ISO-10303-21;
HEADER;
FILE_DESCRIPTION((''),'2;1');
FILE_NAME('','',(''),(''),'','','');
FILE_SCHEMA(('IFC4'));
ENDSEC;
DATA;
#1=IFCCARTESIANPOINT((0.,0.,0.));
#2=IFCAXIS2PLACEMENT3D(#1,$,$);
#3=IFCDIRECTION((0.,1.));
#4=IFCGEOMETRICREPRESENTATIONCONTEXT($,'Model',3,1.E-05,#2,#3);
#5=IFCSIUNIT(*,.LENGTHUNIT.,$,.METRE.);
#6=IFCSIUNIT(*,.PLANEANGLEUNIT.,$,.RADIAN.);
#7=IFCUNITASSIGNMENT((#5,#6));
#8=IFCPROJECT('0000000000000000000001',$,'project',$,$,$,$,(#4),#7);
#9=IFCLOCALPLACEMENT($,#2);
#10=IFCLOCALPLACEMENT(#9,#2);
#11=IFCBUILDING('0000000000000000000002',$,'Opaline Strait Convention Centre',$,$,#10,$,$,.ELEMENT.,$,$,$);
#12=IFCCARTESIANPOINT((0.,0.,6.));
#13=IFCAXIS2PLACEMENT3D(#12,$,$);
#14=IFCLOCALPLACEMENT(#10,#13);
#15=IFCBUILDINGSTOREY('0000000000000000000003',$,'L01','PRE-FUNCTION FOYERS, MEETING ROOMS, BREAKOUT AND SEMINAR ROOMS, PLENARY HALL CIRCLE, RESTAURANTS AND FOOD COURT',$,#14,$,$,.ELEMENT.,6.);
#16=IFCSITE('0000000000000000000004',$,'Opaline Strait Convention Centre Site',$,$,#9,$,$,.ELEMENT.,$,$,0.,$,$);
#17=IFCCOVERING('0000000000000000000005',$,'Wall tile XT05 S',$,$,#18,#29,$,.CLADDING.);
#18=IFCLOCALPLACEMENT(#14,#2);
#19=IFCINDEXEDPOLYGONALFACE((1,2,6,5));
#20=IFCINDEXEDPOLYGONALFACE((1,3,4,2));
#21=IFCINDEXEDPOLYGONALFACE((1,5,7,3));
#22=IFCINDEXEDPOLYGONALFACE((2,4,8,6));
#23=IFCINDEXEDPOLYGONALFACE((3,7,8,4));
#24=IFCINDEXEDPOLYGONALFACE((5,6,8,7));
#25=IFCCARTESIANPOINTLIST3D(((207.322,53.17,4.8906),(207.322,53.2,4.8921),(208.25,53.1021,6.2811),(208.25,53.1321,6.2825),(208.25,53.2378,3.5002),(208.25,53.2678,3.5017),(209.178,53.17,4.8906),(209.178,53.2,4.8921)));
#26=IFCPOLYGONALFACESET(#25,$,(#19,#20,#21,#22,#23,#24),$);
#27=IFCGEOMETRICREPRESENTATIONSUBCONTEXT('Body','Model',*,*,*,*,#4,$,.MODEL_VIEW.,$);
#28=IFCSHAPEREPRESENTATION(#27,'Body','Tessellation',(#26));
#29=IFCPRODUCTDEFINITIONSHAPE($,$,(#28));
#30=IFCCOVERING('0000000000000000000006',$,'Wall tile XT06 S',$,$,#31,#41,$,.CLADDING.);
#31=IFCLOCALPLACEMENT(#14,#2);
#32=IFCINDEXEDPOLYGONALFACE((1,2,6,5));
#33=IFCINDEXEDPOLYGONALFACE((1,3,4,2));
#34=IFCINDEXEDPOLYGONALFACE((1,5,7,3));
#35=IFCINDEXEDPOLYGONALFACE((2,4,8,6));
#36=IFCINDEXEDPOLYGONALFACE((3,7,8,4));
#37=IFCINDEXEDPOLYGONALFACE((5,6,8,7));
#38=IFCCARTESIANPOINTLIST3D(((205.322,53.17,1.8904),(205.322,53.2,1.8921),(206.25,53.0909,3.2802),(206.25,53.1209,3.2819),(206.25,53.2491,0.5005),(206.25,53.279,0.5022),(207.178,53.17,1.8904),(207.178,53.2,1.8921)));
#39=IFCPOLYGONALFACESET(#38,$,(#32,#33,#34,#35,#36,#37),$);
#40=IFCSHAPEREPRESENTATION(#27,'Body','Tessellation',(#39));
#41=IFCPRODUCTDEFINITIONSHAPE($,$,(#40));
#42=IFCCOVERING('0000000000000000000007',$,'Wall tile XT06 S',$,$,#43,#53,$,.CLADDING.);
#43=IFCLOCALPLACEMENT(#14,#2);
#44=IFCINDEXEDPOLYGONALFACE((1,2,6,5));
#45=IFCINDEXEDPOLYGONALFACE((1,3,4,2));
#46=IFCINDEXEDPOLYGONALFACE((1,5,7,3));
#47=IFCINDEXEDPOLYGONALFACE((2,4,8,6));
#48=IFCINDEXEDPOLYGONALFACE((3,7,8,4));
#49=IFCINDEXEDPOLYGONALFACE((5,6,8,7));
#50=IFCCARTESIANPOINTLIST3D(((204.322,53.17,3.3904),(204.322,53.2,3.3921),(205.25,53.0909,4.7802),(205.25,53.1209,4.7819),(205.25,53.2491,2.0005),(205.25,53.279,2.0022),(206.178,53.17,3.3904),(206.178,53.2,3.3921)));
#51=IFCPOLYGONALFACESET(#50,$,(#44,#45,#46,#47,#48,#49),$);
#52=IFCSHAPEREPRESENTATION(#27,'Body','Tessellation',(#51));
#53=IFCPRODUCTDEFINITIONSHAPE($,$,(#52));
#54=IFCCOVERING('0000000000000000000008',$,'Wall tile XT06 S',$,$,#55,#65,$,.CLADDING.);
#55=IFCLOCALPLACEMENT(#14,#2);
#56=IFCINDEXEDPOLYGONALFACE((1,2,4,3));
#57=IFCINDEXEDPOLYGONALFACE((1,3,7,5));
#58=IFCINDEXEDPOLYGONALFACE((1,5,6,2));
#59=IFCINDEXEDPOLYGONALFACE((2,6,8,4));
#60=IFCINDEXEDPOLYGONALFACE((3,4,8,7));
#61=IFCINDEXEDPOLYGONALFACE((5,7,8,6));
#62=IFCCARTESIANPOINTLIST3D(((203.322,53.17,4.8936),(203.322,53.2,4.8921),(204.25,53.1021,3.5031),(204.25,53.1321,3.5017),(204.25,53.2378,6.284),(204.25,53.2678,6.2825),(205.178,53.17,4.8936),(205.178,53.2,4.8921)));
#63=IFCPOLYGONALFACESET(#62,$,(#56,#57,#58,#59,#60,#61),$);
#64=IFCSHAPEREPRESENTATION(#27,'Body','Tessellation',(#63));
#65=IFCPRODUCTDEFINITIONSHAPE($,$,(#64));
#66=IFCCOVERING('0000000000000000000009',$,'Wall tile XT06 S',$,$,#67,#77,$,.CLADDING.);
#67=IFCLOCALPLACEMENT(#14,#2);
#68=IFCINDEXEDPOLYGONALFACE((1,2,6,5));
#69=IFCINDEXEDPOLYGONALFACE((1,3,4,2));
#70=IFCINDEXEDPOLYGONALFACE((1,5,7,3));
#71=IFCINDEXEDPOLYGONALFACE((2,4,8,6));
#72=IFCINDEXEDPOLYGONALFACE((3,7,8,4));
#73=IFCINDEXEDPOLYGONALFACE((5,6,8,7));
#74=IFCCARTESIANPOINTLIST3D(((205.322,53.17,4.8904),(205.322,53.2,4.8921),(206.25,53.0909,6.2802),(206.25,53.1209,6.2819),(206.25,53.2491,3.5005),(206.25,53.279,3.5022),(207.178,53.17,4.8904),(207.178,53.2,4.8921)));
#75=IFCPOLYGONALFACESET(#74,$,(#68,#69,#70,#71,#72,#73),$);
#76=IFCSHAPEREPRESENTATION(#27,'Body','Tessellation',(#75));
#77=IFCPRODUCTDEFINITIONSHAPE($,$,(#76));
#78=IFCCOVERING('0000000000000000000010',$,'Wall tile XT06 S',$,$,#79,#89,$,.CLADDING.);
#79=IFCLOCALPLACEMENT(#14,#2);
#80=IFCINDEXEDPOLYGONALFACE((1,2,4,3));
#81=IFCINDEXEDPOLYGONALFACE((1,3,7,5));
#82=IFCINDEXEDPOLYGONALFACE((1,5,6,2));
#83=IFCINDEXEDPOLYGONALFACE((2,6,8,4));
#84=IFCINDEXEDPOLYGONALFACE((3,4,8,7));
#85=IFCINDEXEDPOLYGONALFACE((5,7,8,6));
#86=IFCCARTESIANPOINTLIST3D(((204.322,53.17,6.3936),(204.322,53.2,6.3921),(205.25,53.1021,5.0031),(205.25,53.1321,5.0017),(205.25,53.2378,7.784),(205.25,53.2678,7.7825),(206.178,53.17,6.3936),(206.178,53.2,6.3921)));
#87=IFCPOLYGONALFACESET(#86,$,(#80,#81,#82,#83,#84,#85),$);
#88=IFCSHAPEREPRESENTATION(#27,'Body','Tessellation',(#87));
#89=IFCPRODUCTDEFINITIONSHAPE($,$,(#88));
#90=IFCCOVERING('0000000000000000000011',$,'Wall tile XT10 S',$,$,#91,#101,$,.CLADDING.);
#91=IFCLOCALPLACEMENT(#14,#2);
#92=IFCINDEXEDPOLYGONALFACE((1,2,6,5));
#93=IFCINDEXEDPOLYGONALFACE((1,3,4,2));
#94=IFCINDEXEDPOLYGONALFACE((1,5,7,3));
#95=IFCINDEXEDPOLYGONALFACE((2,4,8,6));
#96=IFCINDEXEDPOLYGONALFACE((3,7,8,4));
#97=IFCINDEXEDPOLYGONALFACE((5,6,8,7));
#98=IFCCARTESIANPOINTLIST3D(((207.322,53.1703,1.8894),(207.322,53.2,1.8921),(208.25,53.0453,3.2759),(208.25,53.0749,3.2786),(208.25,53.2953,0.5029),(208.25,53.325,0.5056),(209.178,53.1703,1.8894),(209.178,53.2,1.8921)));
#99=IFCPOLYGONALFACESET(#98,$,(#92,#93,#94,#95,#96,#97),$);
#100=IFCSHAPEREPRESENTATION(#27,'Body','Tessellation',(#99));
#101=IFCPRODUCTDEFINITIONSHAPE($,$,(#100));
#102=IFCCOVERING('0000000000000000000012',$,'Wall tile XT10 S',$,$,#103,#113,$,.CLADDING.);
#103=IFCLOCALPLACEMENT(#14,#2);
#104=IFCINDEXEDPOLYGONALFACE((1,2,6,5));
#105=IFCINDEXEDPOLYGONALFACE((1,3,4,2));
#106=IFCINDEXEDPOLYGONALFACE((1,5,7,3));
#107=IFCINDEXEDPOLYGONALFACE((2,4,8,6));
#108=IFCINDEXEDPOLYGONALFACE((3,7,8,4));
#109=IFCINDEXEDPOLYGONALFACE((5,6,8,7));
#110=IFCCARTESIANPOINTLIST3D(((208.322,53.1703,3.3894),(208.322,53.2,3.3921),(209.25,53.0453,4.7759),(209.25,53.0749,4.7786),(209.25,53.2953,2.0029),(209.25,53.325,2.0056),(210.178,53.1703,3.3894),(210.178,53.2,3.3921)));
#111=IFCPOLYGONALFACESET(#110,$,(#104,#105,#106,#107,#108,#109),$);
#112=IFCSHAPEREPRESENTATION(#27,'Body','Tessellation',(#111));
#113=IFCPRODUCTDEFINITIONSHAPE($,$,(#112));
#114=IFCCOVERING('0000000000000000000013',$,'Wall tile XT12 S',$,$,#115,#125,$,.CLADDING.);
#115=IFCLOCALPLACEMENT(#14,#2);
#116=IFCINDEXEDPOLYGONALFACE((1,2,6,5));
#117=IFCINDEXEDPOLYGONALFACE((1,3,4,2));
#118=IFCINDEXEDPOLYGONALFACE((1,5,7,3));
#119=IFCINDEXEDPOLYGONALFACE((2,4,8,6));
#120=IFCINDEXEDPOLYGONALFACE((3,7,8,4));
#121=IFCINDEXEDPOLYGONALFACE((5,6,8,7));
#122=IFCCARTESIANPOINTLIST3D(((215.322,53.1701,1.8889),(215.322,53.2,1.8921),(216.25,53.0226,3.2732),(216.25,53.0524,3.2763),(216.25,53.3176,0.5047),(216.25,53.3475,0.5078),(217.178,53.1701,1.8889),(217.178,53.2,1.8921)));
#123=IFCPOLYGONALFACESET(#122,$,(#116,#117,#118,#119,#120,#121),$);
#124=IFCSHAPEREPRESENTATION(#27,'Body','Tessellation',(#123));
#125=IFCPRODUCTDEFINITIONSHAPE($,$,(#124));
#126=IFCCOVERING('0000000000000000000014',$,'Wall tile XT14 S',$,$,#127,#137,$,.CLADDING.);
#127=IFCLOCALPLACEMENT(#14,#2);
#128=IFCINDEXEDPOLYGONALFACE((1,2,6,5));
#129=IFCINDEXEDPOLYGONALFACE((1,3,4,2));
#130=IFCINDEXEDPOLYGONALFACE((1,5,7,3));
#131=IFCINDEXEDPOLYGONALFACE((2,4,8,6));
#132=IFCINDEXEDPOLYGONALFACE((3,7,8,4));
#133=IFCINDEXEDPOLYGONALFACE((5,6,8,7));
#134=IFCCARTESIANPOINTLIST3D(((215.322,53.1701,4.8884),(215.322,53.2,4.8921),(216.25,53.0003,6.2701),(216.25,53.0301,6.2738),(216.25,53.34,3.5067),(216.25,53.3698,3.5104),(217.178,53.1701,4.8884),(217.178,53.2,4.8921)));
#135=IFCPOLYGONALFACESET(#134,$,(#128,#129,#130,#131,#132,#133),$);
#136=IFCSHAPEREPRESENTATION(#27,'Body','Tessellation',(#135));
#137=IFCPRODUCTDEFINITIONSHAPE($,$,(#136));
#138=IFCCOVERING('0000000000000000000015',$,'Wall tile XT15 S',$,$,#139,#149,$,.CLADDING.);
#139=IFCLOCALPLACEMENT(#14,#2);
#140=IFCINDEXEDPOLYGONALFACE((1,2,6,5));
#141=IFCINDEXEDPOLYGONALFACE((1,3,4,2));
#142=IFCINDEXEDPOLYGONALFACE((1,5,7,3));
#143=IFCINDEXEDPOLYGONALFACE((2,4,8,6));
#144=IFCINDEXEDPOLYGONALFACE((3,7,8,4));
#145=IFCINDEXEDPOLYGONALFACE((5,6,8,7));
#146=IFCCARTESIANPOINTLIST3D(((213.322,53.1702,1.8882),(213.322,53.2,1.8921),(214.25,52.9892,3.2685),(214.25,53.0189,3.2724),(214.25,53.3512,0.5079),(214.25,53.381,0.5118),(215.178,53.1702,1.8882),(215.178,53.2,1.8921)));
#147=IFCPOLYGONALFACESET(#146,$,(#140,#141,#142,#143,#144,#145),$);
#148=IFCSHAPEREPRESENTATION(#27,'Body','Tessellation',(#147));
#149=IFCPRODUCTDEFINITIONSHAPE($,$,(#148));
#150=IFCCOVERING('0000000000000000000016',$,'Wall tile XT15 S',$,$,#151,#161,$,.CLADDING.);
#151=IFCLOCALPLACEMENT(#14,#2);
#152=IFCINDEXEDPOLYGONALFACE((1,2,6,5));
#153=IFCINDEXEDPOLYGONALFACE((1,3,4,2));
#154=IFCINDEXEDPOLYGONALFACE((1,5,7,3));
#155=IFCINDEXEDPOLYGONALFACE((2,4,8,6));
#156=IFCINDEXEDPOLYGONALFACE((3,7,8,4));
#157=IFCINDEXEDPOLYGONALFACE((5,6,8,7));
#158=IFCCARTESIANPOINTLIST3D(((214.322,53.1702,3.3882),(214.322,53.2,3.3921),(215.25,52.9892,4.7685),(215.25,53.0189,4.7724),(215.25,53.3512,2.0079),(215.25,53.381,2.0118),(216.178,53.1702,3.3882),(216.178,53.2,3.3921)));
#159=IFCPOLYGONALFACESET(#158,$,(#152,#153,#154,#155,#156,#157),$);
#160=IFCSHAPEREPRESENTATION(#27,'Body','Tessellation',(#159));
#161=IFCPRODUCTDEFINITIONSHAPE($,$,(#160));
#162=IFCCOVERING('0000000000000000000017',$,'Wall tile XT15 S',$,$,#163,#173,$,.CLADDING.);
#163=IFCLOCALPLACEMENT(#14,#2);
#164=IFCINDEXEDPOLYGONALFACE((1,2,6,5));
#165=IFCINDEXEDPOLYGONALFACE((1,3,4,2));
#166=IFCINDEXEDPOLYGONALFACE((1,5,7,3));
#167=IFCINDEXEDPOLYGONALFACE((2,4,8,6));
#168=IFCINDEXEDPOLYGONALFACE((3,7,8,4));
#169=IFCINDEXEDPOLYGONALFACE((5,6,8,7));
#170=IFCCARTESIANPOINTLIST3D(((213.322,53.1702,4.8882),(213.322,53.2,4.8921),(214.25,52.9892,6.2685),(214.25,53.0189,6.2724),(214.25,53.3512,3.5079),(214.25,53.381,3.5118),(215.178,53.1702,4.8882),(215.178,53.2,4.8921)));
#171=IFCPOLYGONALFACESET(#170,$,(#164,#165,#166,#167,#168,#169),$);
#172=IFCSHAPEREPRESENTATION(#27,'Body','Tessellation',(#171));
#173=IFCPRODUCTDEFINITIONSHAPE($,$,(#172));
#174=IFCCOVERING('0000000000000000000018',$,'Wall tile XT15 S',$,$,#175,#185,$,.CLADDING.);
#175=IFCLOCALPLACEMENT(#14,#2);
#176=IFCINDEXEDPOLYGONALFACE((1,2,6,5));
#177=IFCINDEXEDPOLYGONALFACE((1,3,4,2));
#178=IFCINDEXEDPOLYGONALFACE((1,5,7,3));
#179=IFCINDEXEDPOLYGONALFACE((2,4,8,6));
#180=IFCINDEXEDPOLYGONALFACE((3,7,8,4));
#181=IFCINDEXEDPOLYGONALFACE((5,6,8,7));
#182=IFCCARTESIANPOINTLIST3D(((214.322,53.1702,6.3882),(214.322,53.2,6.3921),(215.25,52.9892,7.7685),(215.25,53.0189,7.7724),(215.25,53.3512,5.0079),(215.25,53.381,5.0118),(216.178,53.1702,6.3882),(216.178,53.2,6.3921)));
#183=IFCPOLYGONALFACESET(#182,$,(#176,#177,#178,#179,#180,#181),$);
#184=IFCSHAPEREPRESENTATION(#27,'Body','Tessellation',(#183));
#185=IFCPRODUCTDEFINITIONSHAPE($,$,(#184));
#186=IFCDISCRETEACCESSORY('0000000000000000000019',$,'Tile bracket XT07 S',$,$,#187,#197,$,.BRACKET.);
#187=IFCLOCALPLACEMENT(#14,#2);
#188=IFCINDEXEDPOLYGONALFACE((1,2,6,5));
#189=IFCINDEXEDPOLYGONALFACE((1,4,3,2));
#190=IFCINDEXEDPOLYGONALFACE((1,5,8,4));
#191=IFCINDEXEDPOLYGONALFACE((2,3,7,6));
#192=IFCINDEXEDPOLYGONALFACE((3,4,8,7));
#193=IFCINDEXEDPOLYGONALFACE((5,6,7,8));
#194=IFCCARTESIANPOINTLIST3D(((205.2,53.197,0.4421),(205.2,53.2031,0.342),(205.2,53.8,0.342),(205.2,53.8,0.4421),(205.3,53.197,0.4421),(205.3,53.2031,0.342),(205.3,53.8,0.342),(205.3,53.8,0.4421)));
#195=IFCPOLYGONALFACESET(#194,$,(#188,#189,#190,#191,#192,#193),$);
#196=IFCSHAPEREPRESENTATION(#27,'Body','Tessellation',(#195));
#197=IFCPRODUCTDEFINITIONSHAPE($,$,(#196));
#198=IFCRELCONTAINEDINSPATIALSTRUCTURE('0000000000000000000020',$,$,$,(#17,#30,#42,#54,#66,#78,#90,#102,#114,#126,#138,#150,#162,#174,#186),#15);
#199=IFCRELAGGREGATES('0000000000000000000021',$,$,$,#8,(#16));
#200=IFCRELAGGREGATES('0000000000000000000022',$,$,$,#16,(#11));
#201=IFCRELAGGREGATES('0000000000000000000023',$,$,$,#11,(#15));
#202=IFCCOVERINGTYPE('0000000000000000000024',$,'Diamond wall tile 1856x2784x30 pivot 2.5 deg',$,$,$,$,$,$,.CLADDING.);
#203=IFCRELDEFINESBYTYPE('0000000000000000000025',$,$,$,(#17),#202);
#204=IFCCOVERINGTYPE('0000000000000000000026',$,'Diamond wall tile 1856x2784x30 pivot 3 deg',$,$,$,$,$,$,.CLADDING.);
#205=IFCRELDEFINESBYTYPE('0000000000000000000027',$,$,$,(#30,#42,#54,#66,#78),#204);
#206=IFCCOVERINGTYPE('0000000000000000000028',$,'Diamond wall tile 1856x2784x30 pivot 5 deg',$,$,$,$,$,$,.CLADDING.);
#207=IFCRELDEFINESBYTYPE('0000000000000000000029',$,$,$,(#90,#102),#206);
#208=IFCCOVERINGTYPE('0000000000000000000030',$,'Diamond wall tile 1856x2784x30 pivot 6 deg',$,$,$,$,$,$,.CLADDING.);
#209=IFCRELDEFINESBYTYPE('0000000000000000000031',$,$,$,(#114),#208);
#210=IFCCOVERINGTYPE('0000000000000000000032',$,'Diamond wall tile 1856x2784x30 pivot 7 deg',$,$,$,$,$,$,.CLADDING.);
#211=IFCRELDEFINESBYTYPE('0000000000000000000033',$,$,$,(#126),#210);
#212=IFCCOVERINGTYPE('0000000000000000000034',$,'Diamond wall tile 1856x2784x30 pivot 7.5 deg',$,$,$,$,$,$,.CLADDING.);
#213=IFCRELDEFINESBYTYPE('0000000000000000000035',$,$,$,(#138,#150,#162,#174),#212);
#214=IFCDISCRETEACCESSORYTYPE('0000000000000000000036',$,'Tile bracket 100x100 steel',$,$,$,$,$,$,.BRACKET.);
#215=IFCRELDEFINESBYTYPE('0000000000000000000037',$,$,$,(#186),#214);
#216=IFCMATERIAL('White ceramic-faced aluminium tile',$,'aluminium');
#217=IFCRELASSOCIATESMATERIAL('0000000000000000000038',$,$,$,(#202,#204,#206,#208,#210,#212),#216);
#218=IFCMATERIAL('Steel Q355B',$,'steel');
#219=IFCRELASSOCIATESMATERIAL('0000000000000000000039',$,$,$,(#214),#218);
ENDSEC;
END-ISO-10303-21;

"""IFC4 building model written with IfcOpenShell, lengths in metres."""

from ifc_helpers import new_model, si_unit, direction, frame, origin, place, context, subcontext, project, spatial, polyline, outline, extrude, material, material_profile, profile_set, type_object, element, save


model = new_model("IFC4")

# Units and contexts
model_context = context("Model", 3, precision=1e-05, world=origin(), true_north=direction((0.0, 1.0)))
body_context = subcontext(model_context, "Body", "Model", "MODEL_VIEW")
ifc_project = project(units=[si_unit("LENGTHUNIT", "METRE"), si_unit("PLANEANGLEUNIT", "RADIAN")], contexts=[model_context])

# Site, building, storey
site_placement = place(None, origin())
site = spatial("IfcSite", under=ifc_project, at=site_placement, Name="Opaline Strait Convention Centre Site", CompositionType="ELEMENT", RefElevation=0.0)
building_placement = place(site_placement, origin())
building = spatial("IfcBuilding", under=site, at=building_placement, Name="Opaline Strait Convention Centre", CompositionType="ELEMENT")
storey_placement = place(building_placement, frame((0.0, 0.0, 6.0)))
storey = spatial("IfcBuildingStorey", under=building, at=storey_placement, Name="L01", Description="PRE-FUNCTION FOYERS, MEETING ROOMS, BREAKOUT AND SEMINAR ROOMS, PLENARY HALL CIRCLE, RESTAURANTS AND FOOD COURT", CompositionType="ELEMENT", Elevation=6.0)

# Coverings
ifc_material_1 = material(Name="White ceramic-faced aluminium tile", Category="aluminium")
ifc_material_profile_1 = material_profile(ifc_material_1, outline(polyline([(0.928, 0.0), (0.0, 1.3921), (-0.928, 0.0), (0.0, -1.3921), (0.928, 0.0)])), Name="Diamond tile 1856x2784")
ifc_profile_set_1 = profile_set([ifc_material_profile_1], Name="White ceramic-faced aluminium tile")
covering_type_1 = type_object("IfcCoveringType", Name="Diamond wall tile 1856x2784x30 pivot 2.5 deg", PredefinedType="CLADDING", material=ifc_profile_set_1)
covering_1_placement = place(storey_placement, frame((208.25, 53.2, 4.8921), z_axis=(0.0, -0.998812, -0.048723), x_axis=(1.0, 0.0, 0.0)))
element("IfcCovering", 1, at=covering_1_placement, inside=storey, type_object=covering_type_1, Name="Wall tile XT05 S", PredefinedType="CLADDING", context=body_context, shape_type="SweptSolid", body=[
    extrude(outline(polyline([(0.928, 0.0), (0.0, 1.3921), (-0.928, 0.0), (0.0, -1.3921), (0.928, 0.0)])), origin(), (0.0, 0.0, 1.0), 0.03),
])
ifc_material_profile_2 = material_profile(ifc_material_1, outline(polyline([(0.928, 0.0), (0.0, 1.3921), (-0.928, 0.0), (0.0, -1.3921), (0.928, 0.0)])), Name="Diamond tile 1856x2784")
ifc_profile_set_2 = profile_set([ifc_material_profile_2], Name="White ceramic-faced aluminium tile")
covering_type_2 = type_object("IfcCoveringType", Name="Diamond wall tile 1856x2784x30 pivot 3 deg", PredefinedType="CLADDING", material=ifc_profile_set_2)
for number, where, z_axis, x_axis, name in (
    (2, (206.25, 53.2, 1.8921), (0.0, -0.998385, -0.056819), (1.0, 0.0, 0.0), "Wall tile XT06 S"),
    (3, (205.25, 53.2, 3.3921), (0.0, -0.998385, -0.056819), (1.0, 0.0, 0.0), "Wall tile XT06 S"),
    (4, (204.25, 53.2, 4.8921), (0.0, -0.998812, 0.048723), (1.0, 0.0, 0.0), "Wall tile XT06 S"),
    (5, (206.25, 53.2, 4.8921), (0.0, -0.998385, -0.056819), (1.0, 0.0, 0.0), "Wall tile XT06 S"),
    (6, (205.25, 53.2, 6.3921), (0.0, -0.998812, 0.048723), (1.0, 0.0, 0.0), "Wall tile XT06 S"),
):
    element("IfcCovering", number, at=place(storey_placement, frame(where, z_axis=z_axis, x_axis=x_axis)), inside=storey, type_object=covering_type_2, Name=name, PredefinedType="CLADDING", context=body_context, shape_type="SweptSolid", body=[
        extrude(outline(polyline([(0.928, 0.0), (0.0, 1.3921), (-0.928, 0.0), (0.0, -1.3921), (0.928, 0.0)])), origin(), (0.0, 0.0, 1.0), 0.03),
    ])
ifc_material_profile_3 = material_profile(ifc_material_1, outline(polyline([(0.928, 0.0), (0.0, 1.3921), (-0.928, 0.0), (0.0, -1.3921), (0.928, 0.0)])), Name="Diamond tile 1856x2784")
ifc_profile_set_3 = profile_set([ifc_material_profile_3], Name="White ceramic-faced aluminium tile")
covering_type_3 = type_object("IfcCoveringType", Name="Diamond wall tile 1856x2784x30 pivot 5 deg", PredefinedType="CLADDING", material=ifc_profile_set_3)
for number, where, z_axis, x_axis, name in (
    (7, (208.25, 53.2, 1.8921), (0.0, -0.99596, -0.0898), (1.0, 0.0, 0.0), "Wall tile XT10 S"),
    (8, (209.25, 53.2, 3.3921), (0.0, -0.99596, -0.0898), (1.0, 0.0, 0.0), "Wall tile XT10 S"),
):
    element("IfcCovering", number, at=place(storey_placement, frame(where, z_axis=z_axis, x_axis=x_axis)), inside=storey, type_object=covering_type_3, Name=name, PredefinedType="CLADDING", context=body_context, shape_type="SweptSolid", body=[
        extrude(outline(polyline([(0.928, 0.0), (0.0, 1.3921), (-0.928, 0.0), (0.0, -1.3921), (0.928, 0.0)])), origin(), (0.0, 0.0, 1.0), 0.0298),
    ])
ifc_material_profile_4 = material_profile(ifc_material_1, outline(polyline([(0.928, 0.0), (0.0, 1.3921), (-0.928, 0.0), (0.0, -1.3921), (0.928, 0.0)])), Name="Diamond tile 1856x2784")
ifc_profile_set_4 = profile_set([ifc_material_profile_4], Name="White ceramic-faced aluminium tile")
covering_type_4 = type_object("IfcCoveringType", Name="Diamond wall tile 1856x2784x30 pivot 6 deg", PredefinedType="CLADDING", material=ifc_profile_set_4)
covering_2_placement = place(storey_placement, frame((216.25, 53.2, 1.8921), z_axis=(0.0, -0.994371, -0.105958), x_axis=(1.0, 0.0, 0.0)))
element("IfcCovering", 9, at=covering_2_placement, inside=storey, type_object=covering_type_4, Name="Wall tile XT12 S", PredefinedType="CLADDING", context=body_context, shape_type="SweptSolid", body=[
    extrude(outline(polyline([(0.928, 0.0), (0.0, 1.3921), (-0.928, 0.0), (0.0, -1.3921), (0.928, 0.0)])), origin(), (0.0, 0.0, 1.0), 0.03),
])
ifc_material_profile_5 = material_profile(ifc_material_1, outline(polyline([(0.928, 0.0), (0.0, 1.3921), (-0.928, 0.0), (0.0, -1.3921), (0.928, 0.0)])), Name="Diamond tile 1856x2784")
ifc_profile_set_5 = profile_set([ifc_material_profile_5], Name="White ceramic-faced aluminium tile")
covering_type_5 = type_object("IfcCoveringType", Name="Diamond wall tile 1856x2784x30 pivot 7 deg", PredefinedType="CLADDING", material=ifc_profile_set_5)
covering_3_placement = place(storey_placement, frame((216.25, 53.2, 4.8921), z_axis=(0.0, -0.992526, -0.122032), x_axis=(1.0, 0.0, 0.0)))
element("IfcCovering", 10, at=covering_3_placement, inside=storey, type_object=covering_type_5, Name="Wall tile XT14 S", PredefinedType="CLADDING", context=body_context, shape_type="SweptSolid", body=[
    extrude(outline(polyline([(0.928, 0.0), (0.0, 1.3921), (-0.928, 0.0), (0.0, -1.3921), (0.928, 0.0)])), origin(), (0.0, 0.0, 1.0), 0.03),
])
ifc_material_profile_6 = material_profile(ifc_material_1, outline(polyline([(0.928, 0.0), (0.0, 1.3921), (-0.928, 0.0), (0.0, -1.3921), (0.928, 0.0)])), Name="Diamond tile 1856x2784")
ifc_profile_set_6 = profile_set([ifc_material_profile_6], Name="White ceramic-faced aluminium tile")
covering_type_6 = type_object("IfcCoveringType", Name="Diamond wall tile 1856x2784x30 pivot 7.5 deg", PredefinedType="CLADDING", material=ifc_profile_set_6)
for number, where, z_axis, x_axis, name in (
    (11, (214.25, 53.2, 1.8921), (0.0, -0.99151, -0.130034), (1.0, 0.0, 0.0), "Wall tile XT15 S"),
    (12, (215.25, 53.2, 3.3921), (0.0, -0.99151, -0.130034), (1.0, 0.0, 0.0), "Wall tile XT15 S"),
    (13, (214.25, 53.2, 4.8921), (0.0, -0.99151, -0.130034), (1.0, 0.0, 0.0), "Wall tile XT15 S"),
    (14, (215.25, 53.2, 6.3921), (0.0, -0.99151, -0.130034), (1.0, 0.0, 0.0), "Wall tile XT15 S"),
):
    element("IfcCovering", number, at=place(storey_placement, frame(where, z_axis=z_axis, x_axis=x_axis)), inside=storey, type_object=covering_type_6, Name=name, PredefinedType="CLADDING", context=body_context, shape_type="SweptSolid", body=[
        extrude(outline(polyline([(0.928, 0.0), (0.0, 1.3921), (-0.928, 0.0), (0.0, -1.3921), (0.928, 0.0)])), origin(), (0.0, 0.0, 1.0), 0.03),
    ])

# Discrete accessory
ifc_material_2 = material(Name="Steel Q355B", Category="steel")
discrete_accessory_type = type_object("IfcDiscreteAccessoryType", Name="Tile bracket 100x100 steel", PredefinedType="BRACKET", material=ifc_material_2)
discrete_accessory_1_placement = place(storey_placement, frame((205.2, 53.8, 0.3921), z_axis=(1.0, 0.0, 0.0), x_axis=(0.0, 1.0, 0.0)))
element("IfcDiscreteAccessory", 15, at=discrete_accessory_1_placement, inside=storey, type_object=discrete_accessory_type, Name="Tile bracket XT07 S", PredefinedType="BRACKET", context=body_context, shape_type="SweptSolid", body=[
    extrude(outline(polyline([(0.0, -0.05), (0.0, 0.05), (-0.603, 0.05), (-0.5969, -0.05), (0.0, -0.05)])), origin(), (0.0, 0.0, 1.0), 0.1001),
])

save(model, "model.ifc")
